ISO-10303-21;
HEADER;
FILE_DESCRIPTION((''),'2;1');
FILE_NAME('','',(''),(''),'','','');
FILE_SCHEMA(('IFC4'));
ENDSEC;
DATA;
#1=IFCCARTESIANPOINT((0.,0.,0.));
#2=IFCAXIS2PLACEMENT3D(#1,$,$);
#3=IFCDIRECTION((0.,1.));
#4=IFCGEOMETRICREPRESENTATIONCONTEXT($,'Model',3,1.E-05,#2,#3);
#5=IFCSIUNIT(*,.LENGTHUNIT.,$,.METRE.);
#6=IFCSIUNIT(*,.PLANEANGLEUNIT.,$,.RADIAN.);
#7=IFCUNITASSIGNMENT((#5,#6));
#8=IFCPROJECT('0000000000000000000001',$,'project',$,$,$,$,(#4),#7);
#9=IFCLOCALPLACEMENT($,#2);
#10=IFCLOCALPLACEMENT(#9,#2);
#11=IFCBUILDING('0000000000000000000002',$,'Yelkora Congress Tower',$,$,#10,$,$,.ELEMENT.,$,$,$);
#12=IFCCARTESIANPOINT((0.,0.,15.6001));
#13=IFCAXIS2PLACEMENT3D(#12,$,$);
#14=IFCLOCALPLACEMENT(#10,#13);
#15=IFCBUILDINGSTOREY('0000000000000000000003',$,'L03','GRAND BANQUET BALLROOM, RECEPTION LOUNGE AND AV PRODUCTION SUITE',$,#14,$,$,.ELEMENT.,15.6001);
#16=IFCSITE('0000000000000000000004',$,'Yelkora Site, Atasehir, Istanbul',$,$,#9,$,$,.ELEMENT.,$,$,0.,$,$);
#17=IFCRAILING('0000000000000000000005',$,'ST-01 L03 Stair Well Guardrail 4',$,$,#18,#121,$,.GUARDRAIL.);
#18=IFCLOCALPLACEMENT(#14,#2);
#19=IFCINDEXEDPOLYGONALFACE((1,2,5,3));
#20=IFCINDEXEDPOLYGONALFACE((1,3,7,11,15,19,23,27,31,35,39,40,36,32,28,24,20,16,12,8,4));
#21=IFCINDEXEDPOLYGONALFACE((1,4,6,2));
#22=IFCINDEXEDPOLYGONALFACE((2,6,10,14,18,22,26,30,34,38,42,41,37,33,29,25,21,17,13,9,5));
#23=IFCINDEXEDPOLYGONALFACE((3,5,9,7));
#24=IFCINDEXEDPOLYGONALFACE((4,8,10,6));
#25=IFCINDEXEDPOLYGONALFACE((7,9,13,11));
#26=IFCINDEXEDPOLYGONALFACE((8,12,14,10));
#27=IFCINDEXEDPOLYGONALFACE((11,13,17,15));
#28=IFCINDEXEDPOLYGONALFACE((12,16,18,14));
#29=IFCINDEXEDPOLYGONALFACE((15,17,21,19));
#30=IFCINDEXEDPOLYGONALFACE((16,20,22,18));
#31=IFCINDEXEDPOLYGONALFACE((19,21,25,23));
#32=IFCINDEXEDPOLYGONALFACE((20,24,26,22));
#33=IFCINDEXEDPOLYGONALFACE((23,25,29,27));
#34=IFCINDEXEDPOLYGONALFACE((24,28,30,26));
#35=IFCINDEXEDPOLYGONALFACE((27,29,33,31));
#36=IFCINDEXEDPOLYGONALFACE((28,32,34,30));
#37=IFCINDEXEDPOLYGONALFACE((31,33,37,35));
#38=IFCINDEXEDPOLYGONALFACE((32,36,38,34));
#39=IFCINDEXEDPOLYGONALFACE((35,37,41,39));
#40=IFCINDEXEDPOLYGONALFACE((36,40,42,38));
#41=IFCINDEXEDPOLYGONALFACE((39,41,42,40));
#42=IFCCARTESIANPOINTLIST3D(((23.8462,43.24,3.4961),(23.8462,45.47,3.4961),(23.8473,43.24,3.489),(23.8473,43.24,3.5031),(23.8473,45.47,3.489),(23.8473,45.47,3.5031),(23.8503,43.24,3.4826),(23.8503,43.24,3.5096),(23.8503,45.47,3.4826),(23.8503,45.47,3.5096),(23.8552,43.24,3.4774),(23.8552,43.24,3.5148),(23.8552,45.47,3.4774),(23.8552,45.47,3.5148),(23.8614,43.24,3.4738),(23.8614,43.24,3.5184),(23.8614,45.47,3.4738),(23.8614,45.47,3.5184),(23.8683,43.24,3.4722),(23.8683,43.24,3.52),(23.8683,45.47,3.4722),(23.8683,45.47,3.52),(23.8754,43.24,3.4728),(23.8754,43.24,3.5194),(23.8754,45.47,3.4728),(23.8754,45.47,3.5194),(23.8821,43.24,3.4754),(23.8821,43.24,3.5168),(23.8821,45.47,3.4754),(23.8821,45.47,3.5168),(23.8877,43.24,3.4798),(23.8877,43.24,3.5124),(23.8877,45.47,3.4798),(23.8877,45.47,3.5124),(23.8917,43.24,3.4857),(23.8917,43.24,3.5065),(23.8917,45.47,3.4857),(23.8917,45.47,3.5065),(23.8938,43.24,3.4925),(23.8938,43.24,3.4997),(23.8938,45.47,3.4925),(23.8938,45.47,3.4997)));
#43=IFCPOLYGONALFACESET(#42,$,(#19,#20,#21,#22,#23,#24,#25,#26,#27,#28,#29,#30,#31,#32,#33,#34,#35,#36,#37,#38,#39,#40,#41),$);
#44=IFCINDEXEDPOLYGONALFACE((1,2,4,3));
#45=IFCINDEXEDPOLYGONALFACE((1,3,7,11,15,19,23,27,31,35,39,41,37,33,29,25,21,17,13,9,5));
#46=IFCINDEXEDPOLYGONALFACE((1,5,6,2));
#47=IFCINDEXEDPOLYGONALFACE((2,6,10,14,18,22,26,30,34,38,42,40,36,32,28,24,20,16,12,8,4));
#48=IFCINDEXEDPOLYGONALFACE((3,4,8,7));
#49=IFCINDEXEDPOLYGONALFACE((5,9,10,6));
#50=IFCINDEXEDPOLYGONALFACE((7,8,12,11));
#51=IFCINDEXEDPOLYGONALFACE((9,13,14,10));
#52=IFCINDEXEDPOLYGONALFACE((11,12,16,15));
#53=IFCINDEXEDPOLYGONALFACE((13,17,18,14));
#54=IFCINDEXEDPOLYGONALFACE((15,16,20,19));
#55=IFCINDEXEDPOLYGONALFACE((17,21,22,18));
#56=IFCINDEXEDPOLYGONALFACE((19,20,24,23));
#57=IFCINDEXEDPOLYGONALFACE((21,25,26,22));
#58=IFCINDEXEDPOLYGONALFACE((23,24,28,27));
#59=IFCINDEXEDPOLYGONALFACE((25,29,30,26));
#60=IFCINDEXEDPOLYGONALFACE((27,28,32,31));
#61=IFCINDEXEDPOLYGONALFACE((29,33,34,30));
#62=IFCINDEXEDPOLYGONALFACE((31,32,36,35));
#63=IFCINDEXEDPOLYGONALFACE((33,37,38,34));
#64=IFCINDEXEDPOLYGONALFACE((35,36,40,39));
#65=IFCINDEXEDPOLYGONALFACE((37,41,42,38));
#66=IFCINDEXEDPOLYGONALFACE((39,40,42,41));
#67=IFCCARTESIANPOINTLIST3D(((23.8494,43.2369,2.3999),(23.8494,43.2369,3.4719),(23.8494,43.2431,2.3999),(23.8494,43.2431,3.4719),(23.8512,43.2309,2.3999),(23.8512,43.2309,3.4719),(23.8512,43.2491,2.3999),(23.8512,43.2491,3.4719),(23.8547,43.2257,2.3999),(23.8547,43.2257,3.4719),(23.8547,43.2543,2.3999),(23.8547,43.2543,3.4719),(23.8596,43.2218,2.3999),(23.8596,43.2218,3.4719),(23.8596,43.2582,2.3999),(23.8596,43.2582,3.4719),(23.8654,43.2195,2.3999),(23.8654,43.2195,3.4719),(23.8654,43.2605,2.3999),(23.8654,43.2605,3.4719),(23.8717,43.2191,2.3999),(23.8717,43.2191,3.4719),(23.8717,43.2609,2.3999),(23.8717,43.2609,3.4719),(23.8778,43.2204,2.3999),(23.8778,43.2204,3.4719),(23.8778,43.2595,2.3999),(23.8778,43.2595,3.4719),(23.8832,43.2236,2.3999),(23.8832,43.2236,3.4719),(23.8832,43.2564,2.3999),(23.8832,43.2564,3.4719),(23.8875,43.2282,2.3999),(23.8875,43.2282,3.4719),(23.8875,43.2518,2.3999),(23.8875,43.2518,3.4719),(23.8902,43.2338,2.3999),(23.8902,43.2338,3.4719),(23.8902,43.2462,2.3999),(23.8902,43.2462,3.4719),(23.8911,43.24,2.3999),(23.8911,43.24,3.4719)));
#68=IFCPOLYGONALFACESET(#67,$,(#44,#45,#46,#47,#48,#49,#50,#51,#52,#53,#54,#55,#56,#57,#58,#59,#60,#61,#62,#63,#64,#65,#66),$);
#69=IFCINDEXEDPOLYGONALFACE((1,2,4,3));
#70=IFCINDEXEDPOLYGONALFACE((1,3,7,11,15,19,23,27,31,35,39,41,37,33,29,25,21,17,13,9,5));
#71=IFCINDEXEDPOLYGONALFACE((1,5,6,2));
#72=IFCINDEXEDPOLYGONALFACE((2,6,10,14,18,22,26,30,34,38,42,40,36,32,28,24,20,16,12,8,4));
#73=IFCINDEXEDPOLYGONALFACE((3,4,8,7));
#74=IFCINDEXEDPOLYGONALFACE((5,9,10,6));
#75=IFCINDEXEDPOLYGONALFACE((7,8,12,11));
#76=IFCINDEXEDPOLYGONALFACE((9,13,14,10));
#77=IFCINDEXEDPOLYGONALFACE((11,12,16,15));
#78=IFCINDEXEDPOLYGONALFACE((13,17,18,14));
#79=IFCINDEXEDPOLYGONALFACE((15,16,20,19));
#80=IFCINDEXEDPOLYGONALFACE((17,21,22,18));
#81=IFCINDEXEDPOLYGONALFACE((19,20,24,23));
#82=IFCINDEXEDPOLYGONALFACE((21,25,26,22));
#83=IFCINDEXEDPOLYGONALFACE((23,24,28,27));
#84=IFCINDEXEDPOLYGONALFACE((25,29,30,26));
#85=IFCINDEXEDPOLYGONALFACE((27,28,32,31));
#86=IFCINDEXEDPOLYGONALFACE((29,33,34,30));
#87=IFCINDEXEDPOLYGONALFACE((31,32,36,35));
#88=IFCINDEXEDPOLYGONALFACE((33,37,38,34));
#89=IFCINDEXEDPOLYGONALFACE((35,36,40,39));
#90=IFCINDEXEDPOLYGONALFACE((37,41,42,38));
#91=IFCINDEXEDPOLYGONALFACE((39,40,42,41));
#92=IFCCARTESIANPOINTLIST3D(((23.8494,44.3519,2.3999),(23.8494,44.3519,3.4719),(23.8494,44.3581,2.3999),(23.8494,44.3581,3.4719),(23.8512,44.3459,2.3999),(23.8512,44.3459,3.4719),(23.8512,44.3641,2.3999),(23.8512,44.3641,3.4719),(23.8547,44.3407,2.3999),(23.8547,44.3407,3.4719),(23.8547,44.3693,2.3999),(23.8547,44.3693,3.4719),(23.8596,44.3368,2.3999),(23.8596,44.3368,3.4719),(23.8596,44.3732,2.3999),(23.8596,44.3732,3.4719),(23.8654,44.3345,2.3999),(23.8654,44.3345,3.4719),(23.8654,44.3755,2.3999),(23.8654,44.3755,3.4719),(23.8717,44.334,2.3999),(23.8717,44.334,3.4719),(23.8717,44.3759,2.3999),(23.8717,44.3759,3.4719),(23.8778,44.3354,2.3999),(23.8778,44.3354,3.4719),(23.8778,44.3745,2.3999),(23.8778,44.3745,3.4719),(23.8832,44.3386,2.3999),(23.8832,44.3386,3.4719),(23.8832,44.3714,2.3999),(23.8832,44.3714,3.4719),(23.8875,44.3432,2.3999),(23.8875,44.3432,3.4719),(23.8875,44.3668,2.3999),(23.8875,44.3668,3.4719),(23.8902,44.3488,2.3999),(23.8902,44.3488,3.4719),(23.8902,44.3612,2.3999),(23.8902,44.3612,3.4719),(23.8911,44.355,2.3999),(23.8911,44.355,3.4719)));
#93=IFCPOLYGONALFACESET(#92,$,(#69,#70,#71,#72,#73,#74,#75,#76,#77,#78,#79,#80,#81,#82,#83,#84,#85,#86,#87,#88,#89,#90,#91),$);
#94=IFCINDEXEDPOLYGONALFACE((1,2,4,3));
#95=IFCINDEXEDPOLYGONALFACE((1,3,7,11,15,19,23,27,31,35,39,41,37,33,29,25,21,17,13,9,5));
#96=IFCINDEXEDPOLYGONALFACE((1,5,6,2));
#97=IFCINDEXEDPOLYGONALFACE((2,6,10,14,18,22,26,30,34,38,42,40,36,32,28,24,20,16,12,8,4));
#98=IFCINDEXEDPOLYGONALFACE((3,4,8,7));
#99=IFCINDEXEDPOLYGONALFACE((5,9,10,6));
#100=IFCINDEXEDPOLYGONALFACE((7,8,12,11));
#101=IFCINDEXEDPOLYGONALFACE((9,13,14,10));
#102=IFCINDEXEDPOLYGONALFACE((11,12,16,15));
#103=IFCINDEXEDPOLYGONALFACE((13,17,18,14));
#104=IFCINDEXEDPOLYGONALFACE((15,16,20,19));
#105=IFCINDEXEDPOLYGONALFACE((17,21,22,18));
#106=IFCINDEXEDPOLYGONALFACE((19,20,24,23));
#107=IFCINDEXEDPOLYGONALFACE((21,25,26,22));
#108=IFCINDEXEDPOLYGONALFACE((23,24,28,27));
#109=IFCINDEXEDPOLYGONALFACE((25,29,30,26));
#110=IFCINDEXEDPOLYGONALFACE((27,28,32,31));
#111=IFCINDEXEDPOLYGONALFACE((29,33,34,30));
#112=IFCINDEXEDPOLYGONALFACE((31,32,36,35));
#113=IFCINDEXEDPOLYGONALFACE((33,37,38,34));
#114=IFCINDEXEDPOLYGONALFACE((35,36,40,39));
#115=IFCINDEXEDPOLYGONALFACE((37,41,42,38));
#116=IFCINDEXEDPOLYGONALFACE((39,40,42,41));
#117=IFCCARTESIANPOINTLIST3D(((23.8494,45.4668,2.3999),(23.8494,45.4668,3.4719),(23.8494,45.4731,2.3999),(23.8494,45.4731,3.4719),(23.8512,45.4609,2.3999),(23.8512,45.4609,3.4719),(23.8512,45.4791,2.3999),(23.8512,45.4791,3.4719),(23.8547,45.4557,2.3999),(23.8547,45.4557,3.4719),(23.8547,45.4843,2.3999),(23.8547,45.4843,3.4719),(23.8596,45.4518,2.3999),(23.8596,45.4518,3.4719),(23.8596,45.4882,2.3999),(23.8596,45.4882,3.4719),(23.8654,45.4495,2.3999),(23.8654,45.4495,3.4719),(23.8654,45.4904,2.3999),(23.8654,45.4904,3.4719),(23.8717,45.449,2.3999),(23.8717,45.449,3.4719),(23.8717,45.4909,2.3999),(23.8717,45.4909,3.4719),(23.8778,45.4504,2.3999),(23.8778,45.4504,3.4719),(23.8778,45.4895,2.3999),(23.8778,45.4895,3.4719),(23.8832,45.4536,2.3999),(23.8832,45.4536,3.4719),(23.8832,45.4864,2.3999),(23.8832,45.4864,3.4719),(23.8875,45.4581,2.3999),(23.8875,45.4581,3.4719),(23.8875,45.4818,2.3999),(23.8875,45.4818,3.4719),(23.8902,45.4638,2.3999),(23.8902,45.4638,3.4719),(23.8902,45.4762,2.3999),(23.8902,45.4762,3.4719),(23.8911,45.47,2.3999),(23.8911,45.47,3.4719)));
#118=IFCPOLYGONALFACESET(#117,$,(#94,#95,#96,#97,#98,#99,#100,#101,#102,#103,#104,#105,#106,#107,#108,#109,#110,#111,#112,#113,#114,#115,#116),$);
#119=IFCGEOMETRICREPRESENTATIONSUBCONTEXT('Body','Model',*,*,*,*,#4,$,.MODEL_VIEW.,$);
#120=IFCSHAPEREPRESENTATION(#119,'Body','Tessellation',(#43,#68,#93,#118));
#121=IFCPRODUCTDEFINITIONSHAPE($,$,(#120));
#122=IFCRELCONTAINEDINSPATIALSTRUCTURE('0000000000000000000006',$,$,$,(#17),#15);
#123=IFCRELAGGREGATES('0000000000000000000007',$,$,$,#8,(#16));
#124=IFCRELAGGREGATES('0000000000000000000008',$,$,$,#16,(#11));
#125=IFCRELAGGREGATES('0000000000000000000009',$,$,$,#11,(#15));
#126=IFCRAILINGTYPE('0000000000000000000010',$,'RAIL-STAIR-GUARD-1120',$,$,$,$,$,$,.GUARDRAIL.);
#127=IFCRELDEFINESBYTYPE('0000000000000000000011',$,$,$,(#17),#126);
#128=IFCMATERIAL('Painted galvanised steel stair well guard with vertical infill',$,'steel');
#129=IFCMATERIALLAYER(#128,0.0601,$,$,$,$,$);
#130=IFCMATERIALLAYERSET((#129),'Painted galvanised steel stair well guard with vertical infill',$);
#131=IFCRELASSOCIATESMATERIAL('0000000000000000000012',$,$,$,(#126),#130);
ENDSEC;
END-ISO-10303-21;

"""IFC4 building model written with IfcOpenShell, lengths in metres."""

from ifc_helpers import new_model, si_unit, direction, frame, origin, origin_2d, place, context, subcontext, project, spatial, circle, extrude, material, layer, layer_set, type_object, element, save


model = new_model("IFC4")

# Units and contexts
model_context = context("Model", 3, precision=1e-05, world=origin(), true_north=direction((0.0, 1.0)))
body_context = subcontext(model_context, "Body", "Model", "MODEL_VIEW")
ifc_project = project(units=[si_unit("LENGTHUNIT", "METRE"), si_unit("PLANEANGLEUNIT", "RADIAN")], contexts=[model_context])

# Site, building, storey
site_placement = place(None, origin())
site = spatial("IfcSite", under=ifc_project, at=site_placement, Name="Yelkora Site, Atasehir, Istanbul", CompositionType="ELEMENT", RefElevation=0.0)
building_placement = place(site_placement, origin())
building = spatial("IfcBuilding", under=site, at=building_placement, Name="Yelkora Congress Tower", CompositionType="ELEMENT")
storey_placement = place(building_placement, frame((0.0, 0.0, 15.6001)))
storey = spatial("IfcBuildingStorey", under=building, at=storey_placement, Name="L03", Description="GRAND BANQUET BALLROOM, RECEPTION LOUNGE AND AV PRODUCTION SUITE", CompositionType="ELEMENT", Elevation=15.6001)

# Railing
ifc_material_1 = material(Name="Painted galvanised steel stair well guard with vertical infill", Category="steel")
ifc_layer_1 = layer(ifc_material_1, 0.0601)
ifc_layer_set_1 = layer_set([ifc_layer_1], Name="Painted galvanised steel stair well guard with vertical infill")
railing_type_1 = type_object("IfcRailingType", Name="RAIL-STAIR-GUARD-1120", PredefinedType="GUARDRAIL", material=ifc_layer_set_1)
for number, where, name in (
    (1, (23.8701, 43.24, 2.3999), "ST-01 L03 Stair Well Guardrail 4"),
):
    element("IfcRailing", number, at=place(storey_placement, frame(where)), inside=storey, type_object=railing_type_1, Name=name, PredefinedType="GUARDRAIL", context=body_context, shape_type="SweptSolid", body=[
        extrude(circle(Radius=0.0239, at=origin_2d()), frame((0.0, 0.0, 1.0962), z_axis=(0.0, 1.0, 0.0), x_axis=(-1.0, 0.0, 0.0)), (0.0, 0.0, 1.0), 2.23),
        extrude(circle(Radius=0.021, at=origin_2d()), origin(), (0.0, 0.0, 1.0), 1.072),
        extrude(circle(Radius=0.021, at=origin_2d()), frame((0.0, 1.115, 0.0)), (0.0, 0.0, 1.0), 1.072),
        extrude(circle(Radius=0.021, at=origin_2d()), frame((0.0, 2.23, 0.0)), (0.0, 0.0, 1.0), 1.072),
    ])

save(model, "model.ifc")
